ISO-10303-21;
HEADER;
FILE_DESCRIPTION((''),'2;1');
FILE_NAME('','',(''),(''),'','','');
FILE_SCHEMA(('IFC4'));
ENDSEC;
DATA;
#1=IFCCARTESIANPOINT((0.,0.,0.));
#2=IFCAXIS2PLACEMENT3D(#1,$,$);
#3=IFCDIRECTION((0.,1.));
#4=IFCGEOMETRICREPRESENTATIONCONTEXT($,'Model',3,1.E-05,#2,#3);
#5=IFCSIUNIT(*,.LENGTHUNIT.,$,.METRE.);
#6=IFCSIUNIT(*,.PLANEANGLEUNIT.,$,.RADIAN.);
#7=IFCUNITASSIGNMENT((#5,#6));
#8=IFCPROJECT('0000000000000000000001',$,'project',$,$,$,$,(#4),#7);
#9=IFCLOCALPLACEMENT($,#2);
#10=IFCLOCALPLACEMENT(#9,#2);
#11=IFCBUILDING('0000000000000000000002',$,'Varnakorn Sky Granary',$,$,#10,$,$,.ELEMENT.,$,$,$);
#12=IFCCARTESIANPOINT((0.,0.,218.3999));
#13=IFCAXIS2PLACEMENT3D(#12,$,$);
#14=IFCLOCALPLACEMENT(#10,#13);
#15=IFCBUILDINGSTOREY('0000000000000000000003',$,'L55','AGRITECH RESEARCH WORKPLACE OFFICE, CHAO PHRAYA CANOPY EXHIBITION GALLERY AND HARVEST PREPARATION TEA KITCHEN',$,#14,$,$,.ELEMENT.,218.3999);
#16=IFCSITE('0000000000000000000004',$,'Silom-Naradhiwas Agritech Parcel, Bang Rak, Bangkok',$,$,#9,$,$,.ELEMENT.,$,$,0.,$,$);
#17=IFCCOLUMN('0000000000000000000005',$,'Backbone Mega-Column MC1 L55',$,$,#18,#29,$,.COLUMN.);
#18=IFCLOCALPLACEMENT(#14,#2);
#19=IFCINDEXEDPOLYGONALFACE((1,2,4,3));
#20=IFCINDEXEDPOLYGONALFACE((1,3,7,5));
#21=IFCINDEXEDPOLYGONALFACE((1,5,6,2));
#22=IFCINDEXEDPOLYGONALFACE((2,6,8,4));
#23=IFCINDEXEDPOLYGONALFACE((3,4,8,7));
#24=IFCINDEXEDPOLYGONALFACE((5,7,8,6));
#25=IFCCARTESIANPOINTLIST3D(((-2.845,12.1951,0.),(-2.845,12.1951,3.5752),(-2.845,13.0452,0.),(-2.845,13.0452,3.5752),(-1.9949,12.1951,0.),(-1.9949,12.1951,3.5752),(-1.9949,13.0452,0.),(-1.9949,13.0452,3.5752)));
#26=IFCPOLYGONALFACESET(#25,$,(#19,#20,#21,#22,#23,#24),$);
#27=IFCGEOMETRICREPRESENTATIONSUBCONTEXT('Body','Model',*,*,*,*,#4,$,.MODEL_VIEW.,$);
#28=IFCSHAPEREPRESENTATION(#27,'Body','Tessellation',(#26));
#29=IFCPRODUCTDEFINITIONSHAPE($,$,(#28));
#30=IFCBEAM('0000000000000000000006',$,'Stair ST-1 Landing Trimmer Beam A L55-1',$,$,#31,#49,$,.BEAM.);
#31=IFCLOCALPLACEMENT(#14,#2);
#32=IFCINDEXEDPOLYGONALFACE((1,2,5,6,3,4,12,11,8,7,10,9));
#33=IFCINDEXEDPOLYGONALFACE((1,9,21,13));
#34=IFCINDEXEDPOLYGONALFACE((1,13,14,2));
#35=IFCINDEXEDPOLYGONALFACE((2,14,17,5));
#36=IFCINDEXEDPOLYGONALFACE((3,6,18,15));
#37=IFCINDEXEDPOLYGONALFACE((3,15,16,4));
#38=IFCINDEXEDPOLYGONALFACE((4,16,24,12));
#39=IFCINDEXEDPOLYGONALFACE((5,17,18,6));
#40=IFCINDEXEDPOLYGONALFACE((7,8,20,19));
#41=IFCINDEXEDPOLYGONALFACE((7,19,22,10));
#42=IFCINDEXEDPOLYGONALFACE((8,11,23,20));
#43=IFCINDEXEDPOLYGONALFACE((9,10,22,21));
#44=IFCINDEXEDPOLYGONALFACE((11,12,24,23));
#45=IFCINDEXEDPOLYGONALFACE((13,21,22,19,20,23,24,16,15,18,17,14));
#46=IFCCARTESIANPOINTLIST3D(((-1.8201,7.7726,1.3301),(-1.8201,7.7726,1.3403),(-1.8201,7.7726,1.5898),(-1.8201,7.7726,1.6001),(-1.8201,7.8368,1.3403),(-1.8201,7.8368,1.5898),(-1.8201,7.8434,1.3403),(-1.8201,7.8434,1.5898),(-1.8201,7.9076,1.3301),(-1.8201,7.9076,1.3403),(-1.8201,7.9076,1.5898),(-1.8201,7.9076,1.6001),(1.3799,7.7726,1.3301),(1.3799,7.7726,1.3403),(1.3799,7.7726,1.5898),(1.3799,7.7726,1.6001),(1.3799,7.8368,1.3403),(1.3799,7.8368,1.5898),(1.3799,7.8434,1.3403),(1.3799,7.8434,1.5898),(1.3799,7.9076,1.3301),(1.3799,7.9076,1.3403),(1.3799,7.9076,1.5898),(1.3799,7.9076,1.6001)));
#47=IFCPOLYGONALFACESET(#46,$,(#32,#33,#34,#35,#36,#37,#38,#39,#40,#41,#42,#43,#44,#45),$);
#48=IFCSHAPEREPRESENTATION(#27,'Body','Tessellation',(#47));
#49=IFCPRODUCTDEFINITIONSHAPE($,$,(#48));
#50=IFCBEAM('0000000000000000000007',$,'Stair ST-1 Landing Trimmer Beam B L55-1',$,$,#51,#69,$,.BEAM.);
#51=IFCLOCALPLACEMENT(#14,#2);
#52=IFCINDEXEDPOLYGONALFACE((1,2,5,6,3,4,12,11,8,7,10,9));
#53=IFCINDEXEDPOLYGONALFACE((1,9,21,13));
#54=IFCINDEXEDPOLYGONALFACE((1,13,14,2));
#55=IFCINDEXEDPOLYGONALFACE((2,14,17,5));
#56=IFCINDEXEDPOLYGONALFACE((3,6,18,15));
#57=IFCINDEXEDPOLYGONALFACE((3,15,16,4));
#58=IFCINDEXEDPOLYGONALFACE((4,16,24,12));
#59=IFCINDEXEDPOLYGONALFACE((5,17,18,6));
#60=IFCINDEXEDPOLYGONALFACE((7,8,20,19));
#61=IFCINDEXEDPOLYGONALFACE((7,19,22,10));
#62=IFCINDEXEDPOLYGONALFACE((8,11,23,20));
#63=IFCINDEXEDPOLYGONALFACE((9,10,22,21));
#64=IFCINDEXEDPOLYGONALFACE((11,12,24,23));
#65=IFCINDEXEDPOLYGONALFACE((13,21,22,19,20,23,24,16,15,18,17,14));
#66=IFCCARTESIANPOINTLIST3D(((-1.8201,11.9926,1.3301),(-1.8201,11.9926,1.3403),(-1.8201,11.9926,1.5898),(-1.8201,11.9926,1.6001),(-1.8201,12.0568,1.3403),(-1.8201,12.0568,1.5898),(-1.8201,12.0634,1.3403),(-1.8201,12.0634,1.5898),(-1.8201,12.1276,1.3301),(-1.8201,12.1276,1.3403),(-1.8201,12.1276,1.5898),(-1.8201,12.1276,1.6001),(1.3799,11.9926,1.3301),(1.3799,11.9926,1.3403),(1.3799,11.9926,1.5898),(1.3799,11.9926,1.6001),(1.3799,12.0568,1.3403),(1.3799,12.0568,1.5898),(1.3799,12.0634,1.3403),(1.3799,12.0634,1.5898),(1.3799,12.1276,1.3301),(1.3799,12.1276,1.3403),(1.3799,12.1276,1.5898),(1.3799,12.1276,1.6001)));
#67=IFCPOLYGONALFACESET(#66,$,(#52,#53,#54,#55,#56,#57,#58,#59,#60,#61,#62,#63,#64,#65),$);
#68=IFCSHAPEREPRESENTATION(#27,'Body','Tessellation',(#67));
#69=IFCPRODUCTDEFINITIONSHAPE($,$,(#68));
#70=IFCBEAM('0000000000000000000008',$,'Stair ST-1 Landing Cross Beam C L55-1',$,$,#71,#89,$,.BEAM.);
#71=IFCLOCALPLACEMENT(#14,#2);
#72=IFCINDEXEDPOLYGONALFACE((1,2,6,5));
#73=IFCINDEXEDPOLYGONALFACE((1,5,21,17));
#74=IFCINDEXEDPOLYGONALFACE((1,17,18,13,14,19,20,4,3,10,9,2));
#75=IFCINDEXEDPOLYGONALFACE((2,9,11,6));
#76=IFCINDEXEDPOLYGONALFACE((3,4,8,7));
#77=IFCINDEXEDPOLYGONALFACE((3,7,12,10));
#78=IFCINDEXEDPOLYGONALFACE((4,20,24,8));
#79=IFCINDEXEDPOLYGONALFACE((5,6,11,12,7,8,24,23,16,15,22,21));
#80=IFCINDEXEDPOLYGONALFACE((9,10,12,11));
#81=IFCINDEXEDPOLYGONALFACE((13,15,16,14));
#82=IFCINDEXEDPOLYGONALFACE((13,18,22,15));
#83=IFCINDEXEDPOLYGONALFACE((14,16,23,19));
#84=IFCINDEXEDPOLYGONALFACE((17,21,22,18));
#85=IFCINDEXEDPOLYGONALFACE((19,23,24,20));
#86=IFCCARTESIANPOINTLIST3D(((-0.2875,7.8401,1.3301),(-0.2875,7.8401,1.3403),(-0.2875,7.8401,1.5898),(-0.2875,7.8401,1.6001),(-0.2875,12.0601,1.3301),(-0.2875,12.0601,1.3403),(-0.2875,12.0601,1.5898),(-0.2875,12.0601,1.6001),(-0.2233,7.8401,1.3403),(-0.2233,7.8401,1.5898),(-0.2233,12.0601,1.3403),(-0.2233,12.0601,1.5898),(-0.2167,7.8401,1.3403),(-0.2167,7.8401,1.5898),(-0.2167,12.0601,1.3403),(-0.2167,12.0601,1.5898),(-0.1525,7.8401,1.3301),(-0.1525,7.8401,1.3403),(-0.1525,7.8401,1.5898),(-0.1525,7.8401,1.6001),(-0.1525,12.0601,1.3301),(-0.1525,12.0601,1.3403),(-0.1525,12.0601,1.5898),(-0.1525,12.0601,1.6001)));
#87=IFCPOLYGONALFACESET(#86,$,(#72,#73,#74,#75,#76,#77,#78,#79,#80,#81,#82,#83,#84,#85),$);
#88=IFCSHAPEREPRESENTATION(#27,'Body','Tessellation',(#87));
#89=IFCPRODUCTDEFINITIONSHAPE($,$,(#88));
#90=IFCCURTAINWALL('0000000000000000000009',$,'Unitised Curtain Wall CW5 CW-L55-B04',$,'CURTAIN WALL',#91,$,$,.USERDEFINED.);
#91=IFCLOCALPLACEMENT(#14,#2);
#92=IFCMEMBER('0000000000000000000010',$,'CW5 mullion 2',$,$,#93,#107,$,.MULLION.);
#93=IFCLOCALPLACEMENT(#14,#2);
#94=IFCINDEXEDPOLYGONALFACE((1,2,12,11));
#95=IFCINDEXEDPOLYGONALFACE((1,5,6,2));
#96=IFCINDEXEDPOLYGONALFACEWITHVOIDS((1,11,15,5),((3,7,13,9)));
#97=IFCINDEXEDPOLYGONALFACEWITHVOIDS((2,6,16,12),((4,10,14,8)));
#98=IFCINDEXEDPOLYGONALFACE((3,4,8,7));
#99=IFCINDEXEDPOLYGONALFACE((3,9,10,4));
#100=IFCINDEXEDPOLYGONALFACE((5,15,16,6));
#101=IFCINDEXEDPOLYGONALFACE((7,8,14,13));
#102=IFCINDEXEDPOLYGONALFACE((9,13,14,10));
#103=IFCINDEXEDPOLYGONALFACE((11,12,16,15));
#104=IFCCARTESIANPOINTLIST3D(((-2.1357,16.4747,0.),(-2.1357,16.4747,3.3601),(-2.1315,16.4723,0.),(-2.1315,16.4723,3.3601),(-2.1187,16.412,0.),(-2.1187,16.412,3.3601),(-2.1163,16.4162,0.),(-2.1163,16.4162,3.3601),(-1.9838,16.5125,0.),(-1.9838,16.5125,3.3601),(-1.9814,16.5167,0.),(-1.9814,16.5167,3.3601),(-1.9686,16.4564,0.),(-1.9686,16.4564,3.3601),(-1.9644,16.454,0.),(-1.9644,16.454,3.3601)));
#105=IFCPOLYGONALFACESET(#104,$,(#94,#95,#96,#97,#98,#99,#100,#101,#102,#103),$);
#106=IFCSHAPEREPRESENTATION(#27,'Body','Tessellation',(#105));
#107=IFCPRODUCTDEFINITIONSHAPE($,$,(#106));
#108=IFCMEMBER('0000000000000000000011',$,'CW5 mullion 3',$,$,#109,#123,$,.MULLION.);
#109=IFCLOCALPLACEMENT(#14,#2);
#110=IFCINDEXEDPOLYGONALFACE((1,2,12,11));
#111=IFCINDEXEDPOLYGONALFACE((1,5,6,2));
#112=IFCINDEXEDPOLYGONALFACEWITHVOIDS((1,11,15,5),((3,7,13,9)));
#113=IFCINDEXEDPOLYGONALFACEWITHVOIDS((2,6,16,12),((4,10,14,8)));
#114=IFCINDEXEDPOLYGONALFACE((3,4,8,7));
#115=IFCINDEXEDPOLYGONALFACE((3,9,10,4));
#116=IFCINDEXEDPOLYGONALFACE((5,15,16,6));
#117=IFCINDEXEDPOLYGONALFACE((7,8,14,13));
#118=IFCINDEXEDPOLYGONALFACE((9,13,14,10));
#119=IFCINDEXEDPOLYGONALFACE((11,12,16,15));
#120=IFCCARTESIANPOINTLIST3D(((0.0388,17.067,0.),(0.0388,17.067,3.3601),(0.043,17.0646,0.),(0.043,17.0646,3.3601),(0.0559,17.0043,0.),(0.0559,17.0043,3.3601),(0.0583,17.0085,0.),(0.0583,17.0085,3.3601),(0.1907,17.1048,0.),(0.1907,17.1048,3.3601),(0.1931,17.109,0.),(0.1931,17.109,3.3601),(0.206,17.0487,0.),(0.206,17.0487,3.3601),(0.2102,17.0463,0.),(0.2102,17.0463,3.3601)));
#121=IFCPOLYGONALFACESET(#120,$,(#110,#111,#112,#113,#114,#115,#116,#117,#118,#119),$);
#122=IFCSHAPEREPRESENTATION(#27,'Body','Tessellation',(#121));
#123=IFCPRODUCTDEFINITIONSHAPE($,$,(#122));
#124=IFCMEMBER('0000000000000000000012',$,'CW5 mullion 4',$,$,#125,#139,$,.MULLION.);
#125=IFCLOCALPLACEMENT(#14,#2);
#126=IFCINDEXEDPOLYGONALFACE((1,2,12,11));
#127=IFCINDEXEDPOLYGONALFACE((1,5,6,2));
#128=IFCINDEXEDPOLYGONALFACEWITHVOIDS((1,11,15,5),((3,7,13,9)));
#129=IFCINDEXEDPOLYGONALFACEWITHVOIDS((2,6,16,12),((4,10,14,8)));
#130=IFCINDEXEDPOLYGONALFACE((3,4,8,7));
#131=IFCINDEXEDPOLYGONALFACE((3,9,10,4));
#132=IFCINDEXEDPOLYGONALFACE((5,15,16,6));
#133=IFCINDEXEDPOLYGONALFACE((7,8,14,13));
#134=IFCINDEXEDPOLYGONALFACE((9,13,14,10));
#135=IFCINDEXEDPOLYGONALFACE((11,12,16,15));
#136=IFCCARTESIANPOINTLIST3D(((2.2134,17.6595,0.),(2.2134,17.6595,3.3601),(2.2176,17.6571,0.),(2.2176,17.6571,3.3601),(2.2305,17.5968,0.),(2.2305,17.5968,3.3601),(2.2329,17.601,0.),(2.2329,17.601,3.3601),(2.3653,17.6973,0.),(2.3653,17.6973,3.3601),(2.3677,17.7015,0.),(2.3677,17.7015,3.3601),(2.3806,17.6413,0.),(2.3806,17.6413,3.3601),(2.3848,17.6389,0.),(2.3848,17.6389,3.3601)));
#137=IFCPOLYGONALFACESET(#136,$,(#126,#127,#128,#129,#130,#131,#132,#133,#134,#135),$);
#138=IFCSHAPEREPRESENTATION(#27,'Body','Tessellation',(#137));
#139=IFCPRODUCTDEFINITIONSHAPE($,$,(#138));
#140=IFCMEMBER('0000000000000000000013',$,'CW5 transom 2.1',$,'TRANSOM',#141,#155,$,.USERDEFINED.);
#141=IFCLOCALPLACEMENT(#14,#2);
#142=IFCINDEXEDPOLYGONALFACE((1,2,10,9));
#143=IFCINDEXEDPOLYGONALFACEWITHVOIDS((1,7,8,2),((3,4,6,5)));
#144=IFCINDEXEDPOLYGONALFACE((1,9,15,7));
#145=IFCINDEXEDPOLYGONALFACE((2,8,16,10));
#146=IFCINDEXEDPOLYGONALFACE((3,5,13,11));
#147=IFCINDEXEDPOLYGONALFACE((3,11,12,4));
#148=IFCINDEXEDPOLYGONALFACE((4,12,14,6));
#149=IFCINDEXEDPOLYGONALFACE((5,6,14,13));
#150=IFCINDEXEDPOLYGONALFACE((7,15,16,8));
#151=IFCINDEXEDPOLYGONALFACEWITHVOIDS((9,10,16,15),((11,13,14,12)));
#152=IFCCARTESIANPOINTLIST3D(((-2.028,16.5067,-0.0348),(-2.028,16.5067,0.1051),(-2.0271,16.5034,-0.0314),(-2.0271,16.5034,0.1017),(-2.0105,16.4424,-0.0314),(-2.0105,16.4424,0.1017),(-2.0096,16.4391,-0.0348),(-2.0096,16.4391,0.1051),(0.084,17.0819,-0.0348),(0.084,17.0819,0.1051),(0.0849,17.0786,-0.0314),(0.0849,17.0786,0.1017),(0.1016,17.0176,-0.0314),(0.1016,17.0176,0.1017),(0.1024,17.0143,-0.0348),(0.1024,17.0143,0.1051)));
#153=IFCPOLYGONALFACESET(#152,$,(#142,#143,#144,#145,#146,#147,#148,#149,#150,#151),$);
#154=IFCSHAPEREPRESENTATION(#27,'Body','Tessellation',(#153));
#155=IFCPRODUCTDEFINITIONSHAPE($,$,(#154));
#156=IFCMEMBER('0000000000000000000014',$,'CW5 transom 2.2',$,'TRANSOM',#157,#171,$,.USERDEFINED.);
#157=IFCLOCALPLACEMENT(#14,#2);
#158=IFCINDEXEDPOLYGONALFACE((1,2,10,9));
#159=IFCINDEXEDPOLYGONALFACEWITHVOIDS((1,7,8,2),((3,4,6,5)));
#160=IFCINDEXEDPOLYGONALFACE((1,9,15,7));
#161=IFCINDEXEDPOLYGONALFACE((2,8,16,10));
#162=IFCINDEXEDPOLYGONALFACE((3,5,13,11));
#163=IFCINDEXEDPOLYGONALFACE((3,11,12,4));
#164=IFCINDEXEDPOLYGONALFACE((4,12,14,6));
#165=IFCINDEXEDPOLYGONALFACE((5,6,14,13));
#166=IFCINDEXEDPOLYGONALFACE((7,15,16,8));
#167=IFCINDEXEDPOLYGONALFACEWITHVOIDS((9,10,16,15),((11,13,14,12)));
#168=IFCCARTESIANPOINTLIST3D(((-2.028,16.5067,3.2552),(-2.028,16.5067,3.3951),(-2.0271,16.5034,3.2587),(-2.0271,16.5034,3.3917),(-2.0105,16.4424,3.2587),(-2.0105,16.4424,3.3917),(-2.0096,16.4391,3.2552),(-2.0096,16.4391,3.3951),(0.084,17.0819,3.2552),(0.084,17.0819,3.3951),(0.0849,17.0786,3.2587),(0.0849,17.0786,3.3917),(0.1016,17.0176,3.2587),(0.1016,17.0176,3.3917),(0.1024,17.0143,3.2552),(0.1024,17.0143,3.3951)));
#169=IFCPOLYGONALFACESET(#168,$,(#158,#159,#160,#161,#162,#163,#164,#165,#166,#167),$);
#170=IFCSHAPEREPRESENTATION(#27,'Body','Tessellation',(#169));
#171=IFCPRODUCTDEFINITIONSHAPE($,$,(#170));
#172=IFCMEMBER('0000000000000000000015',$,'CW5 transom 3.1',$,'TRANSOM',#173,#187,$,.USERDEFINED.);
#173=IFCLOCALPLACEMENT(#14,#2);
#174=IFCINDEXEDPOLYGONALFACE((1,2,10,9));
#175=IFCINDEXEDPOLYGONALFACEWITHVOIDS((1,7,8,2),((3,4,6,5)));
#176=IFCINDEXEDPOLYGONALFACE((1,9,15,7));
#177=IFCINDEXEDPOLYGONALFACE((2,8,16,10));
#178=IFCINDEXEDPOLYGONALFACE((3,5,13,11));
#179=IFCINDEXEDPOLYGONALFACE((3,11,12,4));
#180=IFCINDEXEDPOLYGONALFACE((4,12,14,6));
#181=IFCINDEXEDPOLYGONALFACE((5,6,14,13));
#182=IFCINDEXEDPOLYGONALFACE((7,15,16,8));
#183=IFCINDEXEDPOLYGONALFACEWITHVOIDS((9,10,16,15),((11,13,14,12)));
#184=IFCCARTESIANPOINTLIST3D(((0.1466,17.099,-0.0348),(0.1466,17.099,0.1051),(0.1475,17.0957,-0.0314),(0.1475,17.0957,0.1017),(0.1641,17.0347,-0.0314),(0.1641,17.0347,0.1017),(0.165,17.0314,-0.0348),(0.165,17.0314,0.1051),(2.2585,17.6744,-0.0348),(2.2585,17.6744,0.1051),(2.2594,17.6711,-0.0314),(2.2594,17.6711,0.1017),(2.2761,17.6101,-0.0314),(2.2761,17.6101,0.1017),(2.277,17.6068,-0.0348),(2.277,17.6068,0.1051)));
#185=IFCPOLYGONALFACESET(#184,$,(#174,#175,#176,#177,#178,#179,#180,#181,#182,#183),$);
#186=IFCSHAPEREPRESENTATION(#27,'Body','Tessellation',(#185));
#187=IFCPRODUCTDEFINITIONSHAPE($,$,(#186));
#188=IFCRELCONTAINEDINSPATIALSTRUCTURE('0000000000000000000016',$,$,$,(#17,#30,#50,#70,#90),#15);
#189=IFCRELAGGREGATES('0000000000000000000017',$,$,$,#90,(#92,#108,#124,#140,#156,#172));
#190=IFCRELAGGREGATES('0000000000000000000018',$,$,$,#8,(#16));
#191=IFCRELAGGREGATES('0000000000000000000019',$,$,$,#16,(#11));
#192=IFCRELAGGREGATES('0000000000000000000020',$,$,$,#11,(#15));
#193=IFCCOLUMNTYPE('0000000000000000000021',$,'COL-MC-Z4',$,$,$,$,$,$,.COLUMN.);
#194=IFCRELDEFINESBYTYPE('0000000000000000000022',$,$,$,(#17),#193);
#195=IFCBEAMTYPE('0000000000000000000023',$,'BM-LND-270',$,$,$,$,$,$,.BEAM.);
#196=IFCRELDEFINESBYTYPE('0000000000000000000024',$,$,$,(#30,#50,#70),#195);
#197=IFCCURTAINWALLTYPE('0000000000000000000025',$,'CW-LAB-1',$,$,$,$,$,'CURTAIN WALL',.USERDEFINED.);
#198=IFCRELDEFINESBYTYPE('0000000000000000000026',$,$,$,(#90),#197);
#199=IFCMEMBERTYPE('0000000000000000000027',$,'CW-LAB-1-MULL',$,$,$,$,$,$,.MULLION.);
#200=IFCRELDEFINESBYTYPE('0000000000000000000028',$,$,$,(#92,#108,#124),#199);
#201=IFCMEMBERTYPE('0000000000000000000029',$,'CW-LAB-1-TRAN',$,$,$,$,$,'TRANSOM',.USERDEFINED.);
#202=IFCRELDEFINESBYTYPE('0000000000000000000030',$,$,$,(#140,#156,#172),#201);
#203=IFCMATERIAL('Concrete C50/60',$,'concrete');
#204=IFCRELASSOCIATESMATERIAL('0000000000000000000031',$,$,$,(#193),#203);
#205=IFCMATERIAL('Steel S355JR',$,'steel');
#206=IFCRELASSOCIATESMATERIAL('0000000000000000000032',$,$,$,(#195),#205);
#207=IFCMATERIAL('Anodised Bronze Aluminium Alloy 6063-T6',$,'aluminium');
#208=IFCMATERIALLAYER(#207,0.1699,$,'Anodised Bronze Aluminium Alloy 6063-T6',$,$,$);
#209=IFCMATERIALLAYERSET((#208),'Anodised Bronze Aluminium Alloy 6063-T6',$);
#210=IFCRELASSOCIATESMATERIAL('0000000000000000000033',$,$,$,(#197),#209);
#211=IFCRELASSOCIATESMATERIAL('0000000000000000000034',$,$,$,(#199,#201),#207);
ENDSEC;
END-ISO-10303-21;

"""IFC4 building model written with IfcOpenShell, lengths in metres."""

from ifc_helpers import new_model, si_unit, direction, frame, origin, origin_2d, place, context, subcontext, project, spatial, rectangle, hollow_rectangle, i_section, extrude, material, layer, layer_set, material_profile, profile_set, type_object, element, aggregate, save


model = new_model("IFC4")

# Units and contexts
model_context = context("Model", 3, precision=1e-05, world=origin(), true_north=direction((0.0, 1.0)))
body_context = subcontext(model_context, "Body", "Model", "MODEL_VIEW")
ifc_project = project(units=[si_unit("LENGTHUNIT", "METRE"), si_unit("PLANEANGLEUNIT", "RADIAN")], contexts=[model_context])

# Site, building, storey
site_placement = place(None, origin())
site = spatial("IfcSite", under=ifc_project, at=site_placement, Name="Silom-Naradhiwas Agritech Parcel, Bang Rak, Bangkok", CompositionType="ELEMENT", RefElevation=0.0)
building_placement = place(site_placement, origin())
building = spatial("IfcBuilding", under=site, at=building_placement, Name="Varnakorn Sky Granary", CompositionType="ELEMENT")
storey_placement = place(building_placement, frame((0.0, 0.0, 218.3999)))
storey = spatial("IfcBuildingStorey", under=building, at=storey_placement, Name="L55", Description="AGRITECH RESEARCH WORKPLACE OFFICE, CHAO PHRAYA CANOPY EXHIBITION GALLERY AND HARVEST PREPARATION TEA KITCHEN", CompositionType="ELEMENT", Elevation=218.3999)

# Column
ifc_material_1 = material(Name="Concrete C50/60", Category="concrete")
ifc_material_profile_1 = material_profile(ifc_material_1, rectangle(XDim=0.8501, YDim=0.8501, at=origin_2d()), Name="RC 850x850")
ifc_profile_set_1 = profile_set([ifc_material_profile_1], Name="Concrete C50/60")
column_type = type_object("IfcColumnType", Name="COL-MC-Z4", PredefinedType="COLUMN", material=ifc_profile_set_1)
column_placement = place(storey_placement, frame((-2.4199, 12.6201, 0.0), z_axis=(0.0, 0.0, 1.0), x_axis=(1.0, 0.0, 0.0)))
element("IfcColumn", 1, at=column_placement, inside=storey, type_object=column_type, Name="Backbone Mega-Column MC1 L55", PredefinedType="COLUMN", context=body_context, shape_type="SweptSolid", body=[
    extrude(rectangle(XDim=0.8501, YDim=0.8501, at=origin_2d()), origin(), (0.0, 0.0, 1.0), 3.5752),
])

# Beams
ifc_material_2 = material(Name="Steel S355JR", Category="steel")
ifc_material_profile_2 = material_profile(ifc_material_2, i_section(OverallWidth=0.135, OverallDepth=0.27, WebThickness=0.0066, FlangeThickness=0.0103, at=origin_2d()), Name="IPE 270")
ifc_profile_set_2 = profile_set([ifc_material_profile_2], Name="Steel S355JR")
beam_type = type_object("IfcBeamType", Name="BM-LND-270", PredefinedType="BEAM", material=ifc_profile_set_2)
for number, where, z_axis, x_axis, name in (
    (2, (-1.8201, 7.8401, 1.4651), (1.0, 0.0, 0.0), (0.0, 1.0, 0.0), "Stair ST-1 Landing Trimmer Beam A L55-1"),
    (3, (-1.8201, 12.0601, 1.4651), (1.0, 0.0, 0.0), (0.0, 1.0, 0.0), "Stair ST-1 Landing Trimmer Beam B L55-1"),
):
    element("IfcBeam", number, at=place(storey_placement, frame(where, z_axis=z_axis, x_axis=x_axis)), inside=storey, type_object=beam_type, Name=name, PredefinedType="BEAM", context=body_context, shape_type="SweptSolid", body=[
        extrude(i_section(OverallWidth=0.135, OverallDepth=0.27, WebThickness=0.0066, FlangeThickness=0.0103, at=origin_2d()), origin(), (0.0, 0.0, 1.0), 3.2),
    ])
beam_placement = place(storey_placement, frame((-0.22, 7.8401, 1.4651), z_axis=(0.0, 1.0, 0.0), x_axis=(-1.0, 0.0, 0.0)))
element("IfcBeam", 4, at=beam_placement, inside=storey, type_object=beam_type, Name="Stair ST-1 Landing Cross Beam C L55-1", PredefinedType="BEAM", context=body_context, shape_type="SweptSolid", body=[
    extrude(i_section(OverallWidth=0.135, OverallDepth=0.27, WebThickness=0.0066, FlangeThickness=0.0103, at=origin_2d()), origin(), (0.0, 0.0, 1.0), 4.22),
])

# Curtain wall, members
ifc_material_3 = material(Name="Anodised Bronze Aluminium Alloy 6063-T6", Category="aluminium")
ifc_layer_1 = layer(ifc_material_3, 0.1699, Name="Anodised Bronze Aluminium Alloy 6063-T6")
ifc_layer_set_1 = layer_set([ifc_layer_1], Name="Anodised Bronze Aluminium Alloy 6063-T6")
curtain_wall_type = type_object("IfcCurtainWallType", Name="CW-LAB-1", ElementType="CURTAIN WALL", PredefinedType="USERDEFINED", material=ifc_layer_set_1)
curtain_wall_placement = place(storey_placement, origin())
curtain_wall = element("IfcCurtainWall", 5, at=curtain_wall_placement, inside=storey, type_object=curtain_wall_type, Name="Unitised Curtain Wall CW5 CW-L55-B04", ObjectType="CURTAIN WALL", PredefinedType="USERDEFINED")
ifc_material_profile_3 = material_profile(ifc_material_3, hollow_rectangle(XDim=0.0649, YDim=0.1599, WallThickness=0.0034, at=origin_2d()), Name="ALU MULL 65x160")
ifc_profile_set_3 = profile_set([ifc_material_profile_3], Name="Anodised Bronze Aluminium Alloy 6063-T6")
member_type_1 = type_object("IfcMemberType", Name="CW-LAB-1-MULL", PredefinedType="MULLION", material=ifc_profile_set_3)
member_1_placement = place(storey_placement, frame((-2.05, 16.4644, 0.0), z_axis=(0.0, 0.0, 1.0), x_axis=(-0.262829, 0.964842, 0.0)))
member_1 = element("IfcMember", 6, at=member_1_placement, type_object=member_type_1, Name="CW5 mullion 2", PredefinedType="MULLION", context=body_context, shape_type="SweptSolid", body=[
    extrude(hollow_rectangle(XDim=0.0649, YDim=0.1599, WallThickness=0.0034, at=origin_2d()), origin(), (0.0, 0.0, 1.0), 3.3601),
])
member_2_placement = place(storey_placement, frame((0.1245, 17.0566, 0.0), z_axis=(0.0, 0.0, 1.0), x_axis=(-0.262829, 0.964842, 0.0)))
member_2 = element("IfcMember", 7, at=member_2_placement, type_object=member_type_1, Name="CW5 mullion 3", PredefinedType="MULLION", context=body_context, shape_type="SweptSolid", body=[
    extrude(hollow_rectangle(XDim=0.0649, YDim=0.1599, WallThickness=0.0034, at=origin_2d()), origin(), (0.0, 0.0, 1.0), 3.3601),
])
member_3_placement = place(storey_placement, frame((2.2991, 17.6492, 0.0), z_axis=(0.0, 0.0, 1.0), x_axis=(-0.262829, 0.964842, 0.0)))
member_3 = element("IfcMember", 8, at=member_3_placement, type_object=member_type_1, Name="CW5 mullion 4", PredefinedType="MULLION", context=body_context, shape_type="SweptSolid", body=[
    extrude(hollow_rectangle(XDim=0.0649, YDim=0.1599, WallThickness=0.0034, at=origin_2d()), origin(), (0.0, 0.0, 1.0), 3.3601),
])
ifc_material_profile_4 = material_profile(ifc_material_3, hollow_rectangle(XDim=0.0701, YDim=0.1399, WallThickness=0.0034, at=origin_2d()), Name="ALU TRAN 70x140")
ifc_profile_set_4 = profile_set([ifc_material_profile_4], Name="Anodised Bronze Aluminium Alloy 6063-T6")
member_type_2 = type_object("IfcMemberType", Name="CW-LAB-1-TRAN", ElementType="TRANSOM", PredefinedType="USERDEFINED", material=ifc_profile_set_4)
member_4_placement = place(storey_placement, frame((-2.0188, 16.4729, 0.0352), z_axis=(0.964859, 0.262768, 0.0), x_axis=(-0.262768, 0.964859, 0.0)))
member_4 = element("IfcMember", 9, at=member_4_placement, type_object=member_type_2, Name="CW5 transom 2.1", ObjectType="TRANSOM", PredefinedType="USERDEFINED", context=body_context, shape_type="SweptSolid", body=[
    extrude(hollow_rectangle(XDim=0.0701, YDim=0.1399, WallThickness=0.0034, at=origin_2d()), origin(), (0.0, 0.0, 1.0), 2.189),
])
member_5_placement = place(storey_placement, frame((-2.0188, 16.4729, 3.3252), z_axis=(0.964859, 0.262768, 0.0), x_axis=(-0.262768, 0.964859, 0.0)))
member_5 = element("IfcMember", 10, at=member_5_placement, type_object=member_type_2, Name="CW5 transom 2.2", ObjectType="TRANSOM", PredefinedType="USERDEFINED", context=body_context, shape_type="SweptSolid", body=[
    extrude(hollow_rectangle(XDim=0.0701, YDim=0.1399, WallThickness=0.0034, at=origin_2d()), origin(), (0.0, 0.0, 1.0), 2.189),
])
member_6_placement = place(storey_placement, frame((0.1558, 17.0652, 0.0352), z_axis=(0.964831, 0.262872, 0.0), x_axis=(-0.262872, 0.964831, 0.0)))
member_6 = element("IfcMember", 11, at=member_6_placement, type_object=member_type_2, Name="CW5 transom 3.1", ObjectType="TRANSOM", PredefinedType="USERDEFINED", context=body_context, shape_type="SweptSolid", body=[
    extrude(hollow_rectangle(XDim=0.0701, YDim=0.1399, WallThickness=0.0034, at=origin_2d()), origin(), (0.0, 0.0, 1.0), 2.189),
])

aggregate(curtain_wall, [member_1, member_2, member_3, member_4, member_5, member_6])

save(model, "model.ifc")
